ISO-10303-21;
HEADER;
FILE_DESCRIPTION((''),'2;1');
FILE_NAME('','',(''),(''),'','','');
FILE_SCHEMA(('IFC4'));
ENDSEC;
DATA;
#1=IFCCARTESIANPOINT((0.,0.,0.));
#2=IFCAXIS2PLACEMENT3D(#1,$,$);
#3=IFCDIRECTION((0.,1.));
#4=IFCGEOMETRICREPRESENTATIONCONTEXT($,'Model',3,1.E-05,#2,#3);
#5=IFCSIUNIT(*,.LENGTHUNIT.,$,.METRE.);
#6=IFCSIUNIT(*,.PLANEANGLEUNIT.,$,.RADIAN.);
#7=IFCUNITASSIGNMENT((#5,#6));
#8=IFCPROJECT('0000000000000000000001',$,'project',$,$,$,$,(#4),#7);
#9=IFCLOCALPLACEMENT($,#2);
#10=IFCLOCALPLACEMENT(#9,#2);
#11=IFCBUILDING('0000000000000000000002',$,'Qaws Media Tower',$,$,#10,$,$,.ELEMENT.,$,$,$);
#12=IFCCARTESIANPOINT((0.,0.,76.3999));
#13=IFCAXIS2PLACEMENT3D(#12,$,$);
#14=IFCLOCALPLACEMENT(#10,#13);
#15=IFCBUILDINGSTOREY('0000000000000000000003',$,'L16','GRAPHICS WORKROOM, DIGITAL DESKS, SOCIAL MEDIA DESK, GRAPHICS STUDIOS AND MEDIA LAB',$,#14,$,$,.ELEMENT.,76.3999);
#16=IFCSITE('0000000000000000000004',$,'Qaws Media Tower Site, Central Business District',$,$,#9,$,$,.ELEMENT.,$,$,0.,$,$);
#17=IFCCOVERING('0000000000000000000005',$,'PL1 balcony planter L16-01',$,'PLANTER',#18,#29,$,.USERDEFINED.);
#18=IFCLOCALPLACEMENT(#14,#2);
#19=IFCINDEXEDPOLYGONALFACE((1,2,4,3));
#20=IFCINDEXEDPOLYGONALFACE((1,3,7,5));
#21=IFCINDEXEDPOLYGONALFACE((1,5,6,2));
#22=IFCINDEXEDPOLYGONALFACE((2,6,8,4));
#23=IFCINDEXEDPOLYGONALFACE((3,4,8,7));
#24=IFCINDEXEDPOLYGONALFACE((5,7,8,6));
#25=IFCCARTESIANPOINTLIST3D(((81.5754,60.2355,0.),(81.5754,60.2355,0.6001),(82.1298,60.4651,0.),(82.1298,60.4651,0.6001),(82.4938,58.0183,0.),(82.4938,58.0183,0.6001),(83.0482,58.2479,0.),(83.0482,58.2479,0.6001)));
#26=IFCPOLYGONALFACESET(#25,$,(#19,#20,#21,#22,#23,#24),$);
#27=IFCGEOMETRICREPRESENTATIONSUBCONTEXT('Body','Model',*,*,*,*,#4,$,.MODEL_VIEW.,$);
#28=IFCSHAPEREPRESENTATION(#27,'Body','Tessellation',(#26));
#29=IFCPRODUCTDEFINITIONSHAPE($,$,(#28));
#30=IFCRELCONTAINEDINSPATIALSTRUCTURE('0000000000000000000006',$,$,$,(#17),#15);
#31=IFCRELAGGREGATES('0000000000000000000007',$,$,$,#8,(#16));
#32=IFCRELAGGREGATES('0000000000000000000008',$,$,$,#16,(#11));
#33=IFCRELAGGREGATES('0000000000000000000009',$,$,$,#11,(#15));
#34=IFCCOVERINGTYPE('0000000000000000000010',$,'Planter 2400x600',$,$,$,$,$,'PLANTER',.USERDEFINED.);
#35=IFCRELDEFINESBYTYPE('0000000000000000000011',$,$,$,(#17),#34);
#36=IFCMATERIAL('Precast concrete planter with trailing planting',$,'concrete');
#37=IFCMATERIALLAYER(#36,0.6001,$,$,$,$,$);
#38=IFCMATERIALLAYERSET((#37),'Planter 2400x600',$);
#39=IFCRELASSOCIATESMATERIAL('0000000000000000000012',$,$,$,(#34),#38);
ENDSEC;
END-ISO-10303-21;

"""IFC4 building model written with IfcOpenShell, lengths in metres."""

from ifc_helpers import new_model, si_unit, direction, frame, origin, origin_2d, place, context, subcontext, project, spatial, rectangle, extrude, material, layer, layer_set, type_object, element, save


model = new_model("IFC4")

# Units and contexts
model_context = context("Model", 3, precision=1e-05, world=origin(), true_north=direction((0.0, 1.0)))
body_context = subcontext(model_context, "Body", "Model", "MODEL_VIEW")
ifc_project = project(units=[si_unit("LENGTHUNIT", "METRE"), si_unit("PLANEANGLEUNIT", "RADIAN")], contexts=[model_context])

# Site, building, storey
site_placement = place(None, origin())
site = spatial("IfcSite", under=ifc_project, at=site_placement, Name="Qaws Media Tower Site, Central Business District", CompositionType="ELEMENT", RefElevation=0.0)
building_placement = place(site_placement, origin())
building = spatial("IfcBuilding", under=site, at=building_placement, Name="Qaws Media Tower", CompositionType="ELEMENT")
storey_placement = place(building_placement, frame((0.0, 0.0, 76.3999)))
storey = spatial("IfcBuildingStorey", under=building, at=storey_placement, Name="L16", Description="GRAPHICS WORKROOM, DIGITAL DESKS, SOCIAL MEDIA DESK, GRAPHICS STUDIOS AND MEDIA LAB", CompositionType="ELEMENT", Elevation=76.3999)

# Covering
ifc_material_1 = material(Name="Precast concrete planter with trailing planting", Category="concrete")
ifc_layer_1 = layer(ifc_material_1, 0.6001)
ifc_layer_set_1 = layer_set([ifc_layer_1], Name="Planter 2400x600")
covering_type = type_object("IfcCoveringType", Name="Planter 2400x600", ElementType="PLANTER", PredefinedType="USERDEFINED", material=ifc_layer_set_1)
covering_placement = place(storey_placement, frame((82.3118, 59.2417, 0.0), z_axis=(0.0, 0.0, 1.0), x_axis=(-0.382683, 0.92388, 0.0)))
element("IfcCovering", 1, at=covering_placement, inside=storey, type_object=covering_type, Name="PL1 balcony planter L16-01", ObjectType="PLANTER", PredefinedType="USERDEFINED", context=body_context, shape_type="SweptSolid", body=[
    extrude(rectangle(XDim=2.3999, YDim=0.6001, at=origin_2d()), origin(), (0.0, 0.0, 1.0), 0.6001),
])

save(model, "model.ifc")
